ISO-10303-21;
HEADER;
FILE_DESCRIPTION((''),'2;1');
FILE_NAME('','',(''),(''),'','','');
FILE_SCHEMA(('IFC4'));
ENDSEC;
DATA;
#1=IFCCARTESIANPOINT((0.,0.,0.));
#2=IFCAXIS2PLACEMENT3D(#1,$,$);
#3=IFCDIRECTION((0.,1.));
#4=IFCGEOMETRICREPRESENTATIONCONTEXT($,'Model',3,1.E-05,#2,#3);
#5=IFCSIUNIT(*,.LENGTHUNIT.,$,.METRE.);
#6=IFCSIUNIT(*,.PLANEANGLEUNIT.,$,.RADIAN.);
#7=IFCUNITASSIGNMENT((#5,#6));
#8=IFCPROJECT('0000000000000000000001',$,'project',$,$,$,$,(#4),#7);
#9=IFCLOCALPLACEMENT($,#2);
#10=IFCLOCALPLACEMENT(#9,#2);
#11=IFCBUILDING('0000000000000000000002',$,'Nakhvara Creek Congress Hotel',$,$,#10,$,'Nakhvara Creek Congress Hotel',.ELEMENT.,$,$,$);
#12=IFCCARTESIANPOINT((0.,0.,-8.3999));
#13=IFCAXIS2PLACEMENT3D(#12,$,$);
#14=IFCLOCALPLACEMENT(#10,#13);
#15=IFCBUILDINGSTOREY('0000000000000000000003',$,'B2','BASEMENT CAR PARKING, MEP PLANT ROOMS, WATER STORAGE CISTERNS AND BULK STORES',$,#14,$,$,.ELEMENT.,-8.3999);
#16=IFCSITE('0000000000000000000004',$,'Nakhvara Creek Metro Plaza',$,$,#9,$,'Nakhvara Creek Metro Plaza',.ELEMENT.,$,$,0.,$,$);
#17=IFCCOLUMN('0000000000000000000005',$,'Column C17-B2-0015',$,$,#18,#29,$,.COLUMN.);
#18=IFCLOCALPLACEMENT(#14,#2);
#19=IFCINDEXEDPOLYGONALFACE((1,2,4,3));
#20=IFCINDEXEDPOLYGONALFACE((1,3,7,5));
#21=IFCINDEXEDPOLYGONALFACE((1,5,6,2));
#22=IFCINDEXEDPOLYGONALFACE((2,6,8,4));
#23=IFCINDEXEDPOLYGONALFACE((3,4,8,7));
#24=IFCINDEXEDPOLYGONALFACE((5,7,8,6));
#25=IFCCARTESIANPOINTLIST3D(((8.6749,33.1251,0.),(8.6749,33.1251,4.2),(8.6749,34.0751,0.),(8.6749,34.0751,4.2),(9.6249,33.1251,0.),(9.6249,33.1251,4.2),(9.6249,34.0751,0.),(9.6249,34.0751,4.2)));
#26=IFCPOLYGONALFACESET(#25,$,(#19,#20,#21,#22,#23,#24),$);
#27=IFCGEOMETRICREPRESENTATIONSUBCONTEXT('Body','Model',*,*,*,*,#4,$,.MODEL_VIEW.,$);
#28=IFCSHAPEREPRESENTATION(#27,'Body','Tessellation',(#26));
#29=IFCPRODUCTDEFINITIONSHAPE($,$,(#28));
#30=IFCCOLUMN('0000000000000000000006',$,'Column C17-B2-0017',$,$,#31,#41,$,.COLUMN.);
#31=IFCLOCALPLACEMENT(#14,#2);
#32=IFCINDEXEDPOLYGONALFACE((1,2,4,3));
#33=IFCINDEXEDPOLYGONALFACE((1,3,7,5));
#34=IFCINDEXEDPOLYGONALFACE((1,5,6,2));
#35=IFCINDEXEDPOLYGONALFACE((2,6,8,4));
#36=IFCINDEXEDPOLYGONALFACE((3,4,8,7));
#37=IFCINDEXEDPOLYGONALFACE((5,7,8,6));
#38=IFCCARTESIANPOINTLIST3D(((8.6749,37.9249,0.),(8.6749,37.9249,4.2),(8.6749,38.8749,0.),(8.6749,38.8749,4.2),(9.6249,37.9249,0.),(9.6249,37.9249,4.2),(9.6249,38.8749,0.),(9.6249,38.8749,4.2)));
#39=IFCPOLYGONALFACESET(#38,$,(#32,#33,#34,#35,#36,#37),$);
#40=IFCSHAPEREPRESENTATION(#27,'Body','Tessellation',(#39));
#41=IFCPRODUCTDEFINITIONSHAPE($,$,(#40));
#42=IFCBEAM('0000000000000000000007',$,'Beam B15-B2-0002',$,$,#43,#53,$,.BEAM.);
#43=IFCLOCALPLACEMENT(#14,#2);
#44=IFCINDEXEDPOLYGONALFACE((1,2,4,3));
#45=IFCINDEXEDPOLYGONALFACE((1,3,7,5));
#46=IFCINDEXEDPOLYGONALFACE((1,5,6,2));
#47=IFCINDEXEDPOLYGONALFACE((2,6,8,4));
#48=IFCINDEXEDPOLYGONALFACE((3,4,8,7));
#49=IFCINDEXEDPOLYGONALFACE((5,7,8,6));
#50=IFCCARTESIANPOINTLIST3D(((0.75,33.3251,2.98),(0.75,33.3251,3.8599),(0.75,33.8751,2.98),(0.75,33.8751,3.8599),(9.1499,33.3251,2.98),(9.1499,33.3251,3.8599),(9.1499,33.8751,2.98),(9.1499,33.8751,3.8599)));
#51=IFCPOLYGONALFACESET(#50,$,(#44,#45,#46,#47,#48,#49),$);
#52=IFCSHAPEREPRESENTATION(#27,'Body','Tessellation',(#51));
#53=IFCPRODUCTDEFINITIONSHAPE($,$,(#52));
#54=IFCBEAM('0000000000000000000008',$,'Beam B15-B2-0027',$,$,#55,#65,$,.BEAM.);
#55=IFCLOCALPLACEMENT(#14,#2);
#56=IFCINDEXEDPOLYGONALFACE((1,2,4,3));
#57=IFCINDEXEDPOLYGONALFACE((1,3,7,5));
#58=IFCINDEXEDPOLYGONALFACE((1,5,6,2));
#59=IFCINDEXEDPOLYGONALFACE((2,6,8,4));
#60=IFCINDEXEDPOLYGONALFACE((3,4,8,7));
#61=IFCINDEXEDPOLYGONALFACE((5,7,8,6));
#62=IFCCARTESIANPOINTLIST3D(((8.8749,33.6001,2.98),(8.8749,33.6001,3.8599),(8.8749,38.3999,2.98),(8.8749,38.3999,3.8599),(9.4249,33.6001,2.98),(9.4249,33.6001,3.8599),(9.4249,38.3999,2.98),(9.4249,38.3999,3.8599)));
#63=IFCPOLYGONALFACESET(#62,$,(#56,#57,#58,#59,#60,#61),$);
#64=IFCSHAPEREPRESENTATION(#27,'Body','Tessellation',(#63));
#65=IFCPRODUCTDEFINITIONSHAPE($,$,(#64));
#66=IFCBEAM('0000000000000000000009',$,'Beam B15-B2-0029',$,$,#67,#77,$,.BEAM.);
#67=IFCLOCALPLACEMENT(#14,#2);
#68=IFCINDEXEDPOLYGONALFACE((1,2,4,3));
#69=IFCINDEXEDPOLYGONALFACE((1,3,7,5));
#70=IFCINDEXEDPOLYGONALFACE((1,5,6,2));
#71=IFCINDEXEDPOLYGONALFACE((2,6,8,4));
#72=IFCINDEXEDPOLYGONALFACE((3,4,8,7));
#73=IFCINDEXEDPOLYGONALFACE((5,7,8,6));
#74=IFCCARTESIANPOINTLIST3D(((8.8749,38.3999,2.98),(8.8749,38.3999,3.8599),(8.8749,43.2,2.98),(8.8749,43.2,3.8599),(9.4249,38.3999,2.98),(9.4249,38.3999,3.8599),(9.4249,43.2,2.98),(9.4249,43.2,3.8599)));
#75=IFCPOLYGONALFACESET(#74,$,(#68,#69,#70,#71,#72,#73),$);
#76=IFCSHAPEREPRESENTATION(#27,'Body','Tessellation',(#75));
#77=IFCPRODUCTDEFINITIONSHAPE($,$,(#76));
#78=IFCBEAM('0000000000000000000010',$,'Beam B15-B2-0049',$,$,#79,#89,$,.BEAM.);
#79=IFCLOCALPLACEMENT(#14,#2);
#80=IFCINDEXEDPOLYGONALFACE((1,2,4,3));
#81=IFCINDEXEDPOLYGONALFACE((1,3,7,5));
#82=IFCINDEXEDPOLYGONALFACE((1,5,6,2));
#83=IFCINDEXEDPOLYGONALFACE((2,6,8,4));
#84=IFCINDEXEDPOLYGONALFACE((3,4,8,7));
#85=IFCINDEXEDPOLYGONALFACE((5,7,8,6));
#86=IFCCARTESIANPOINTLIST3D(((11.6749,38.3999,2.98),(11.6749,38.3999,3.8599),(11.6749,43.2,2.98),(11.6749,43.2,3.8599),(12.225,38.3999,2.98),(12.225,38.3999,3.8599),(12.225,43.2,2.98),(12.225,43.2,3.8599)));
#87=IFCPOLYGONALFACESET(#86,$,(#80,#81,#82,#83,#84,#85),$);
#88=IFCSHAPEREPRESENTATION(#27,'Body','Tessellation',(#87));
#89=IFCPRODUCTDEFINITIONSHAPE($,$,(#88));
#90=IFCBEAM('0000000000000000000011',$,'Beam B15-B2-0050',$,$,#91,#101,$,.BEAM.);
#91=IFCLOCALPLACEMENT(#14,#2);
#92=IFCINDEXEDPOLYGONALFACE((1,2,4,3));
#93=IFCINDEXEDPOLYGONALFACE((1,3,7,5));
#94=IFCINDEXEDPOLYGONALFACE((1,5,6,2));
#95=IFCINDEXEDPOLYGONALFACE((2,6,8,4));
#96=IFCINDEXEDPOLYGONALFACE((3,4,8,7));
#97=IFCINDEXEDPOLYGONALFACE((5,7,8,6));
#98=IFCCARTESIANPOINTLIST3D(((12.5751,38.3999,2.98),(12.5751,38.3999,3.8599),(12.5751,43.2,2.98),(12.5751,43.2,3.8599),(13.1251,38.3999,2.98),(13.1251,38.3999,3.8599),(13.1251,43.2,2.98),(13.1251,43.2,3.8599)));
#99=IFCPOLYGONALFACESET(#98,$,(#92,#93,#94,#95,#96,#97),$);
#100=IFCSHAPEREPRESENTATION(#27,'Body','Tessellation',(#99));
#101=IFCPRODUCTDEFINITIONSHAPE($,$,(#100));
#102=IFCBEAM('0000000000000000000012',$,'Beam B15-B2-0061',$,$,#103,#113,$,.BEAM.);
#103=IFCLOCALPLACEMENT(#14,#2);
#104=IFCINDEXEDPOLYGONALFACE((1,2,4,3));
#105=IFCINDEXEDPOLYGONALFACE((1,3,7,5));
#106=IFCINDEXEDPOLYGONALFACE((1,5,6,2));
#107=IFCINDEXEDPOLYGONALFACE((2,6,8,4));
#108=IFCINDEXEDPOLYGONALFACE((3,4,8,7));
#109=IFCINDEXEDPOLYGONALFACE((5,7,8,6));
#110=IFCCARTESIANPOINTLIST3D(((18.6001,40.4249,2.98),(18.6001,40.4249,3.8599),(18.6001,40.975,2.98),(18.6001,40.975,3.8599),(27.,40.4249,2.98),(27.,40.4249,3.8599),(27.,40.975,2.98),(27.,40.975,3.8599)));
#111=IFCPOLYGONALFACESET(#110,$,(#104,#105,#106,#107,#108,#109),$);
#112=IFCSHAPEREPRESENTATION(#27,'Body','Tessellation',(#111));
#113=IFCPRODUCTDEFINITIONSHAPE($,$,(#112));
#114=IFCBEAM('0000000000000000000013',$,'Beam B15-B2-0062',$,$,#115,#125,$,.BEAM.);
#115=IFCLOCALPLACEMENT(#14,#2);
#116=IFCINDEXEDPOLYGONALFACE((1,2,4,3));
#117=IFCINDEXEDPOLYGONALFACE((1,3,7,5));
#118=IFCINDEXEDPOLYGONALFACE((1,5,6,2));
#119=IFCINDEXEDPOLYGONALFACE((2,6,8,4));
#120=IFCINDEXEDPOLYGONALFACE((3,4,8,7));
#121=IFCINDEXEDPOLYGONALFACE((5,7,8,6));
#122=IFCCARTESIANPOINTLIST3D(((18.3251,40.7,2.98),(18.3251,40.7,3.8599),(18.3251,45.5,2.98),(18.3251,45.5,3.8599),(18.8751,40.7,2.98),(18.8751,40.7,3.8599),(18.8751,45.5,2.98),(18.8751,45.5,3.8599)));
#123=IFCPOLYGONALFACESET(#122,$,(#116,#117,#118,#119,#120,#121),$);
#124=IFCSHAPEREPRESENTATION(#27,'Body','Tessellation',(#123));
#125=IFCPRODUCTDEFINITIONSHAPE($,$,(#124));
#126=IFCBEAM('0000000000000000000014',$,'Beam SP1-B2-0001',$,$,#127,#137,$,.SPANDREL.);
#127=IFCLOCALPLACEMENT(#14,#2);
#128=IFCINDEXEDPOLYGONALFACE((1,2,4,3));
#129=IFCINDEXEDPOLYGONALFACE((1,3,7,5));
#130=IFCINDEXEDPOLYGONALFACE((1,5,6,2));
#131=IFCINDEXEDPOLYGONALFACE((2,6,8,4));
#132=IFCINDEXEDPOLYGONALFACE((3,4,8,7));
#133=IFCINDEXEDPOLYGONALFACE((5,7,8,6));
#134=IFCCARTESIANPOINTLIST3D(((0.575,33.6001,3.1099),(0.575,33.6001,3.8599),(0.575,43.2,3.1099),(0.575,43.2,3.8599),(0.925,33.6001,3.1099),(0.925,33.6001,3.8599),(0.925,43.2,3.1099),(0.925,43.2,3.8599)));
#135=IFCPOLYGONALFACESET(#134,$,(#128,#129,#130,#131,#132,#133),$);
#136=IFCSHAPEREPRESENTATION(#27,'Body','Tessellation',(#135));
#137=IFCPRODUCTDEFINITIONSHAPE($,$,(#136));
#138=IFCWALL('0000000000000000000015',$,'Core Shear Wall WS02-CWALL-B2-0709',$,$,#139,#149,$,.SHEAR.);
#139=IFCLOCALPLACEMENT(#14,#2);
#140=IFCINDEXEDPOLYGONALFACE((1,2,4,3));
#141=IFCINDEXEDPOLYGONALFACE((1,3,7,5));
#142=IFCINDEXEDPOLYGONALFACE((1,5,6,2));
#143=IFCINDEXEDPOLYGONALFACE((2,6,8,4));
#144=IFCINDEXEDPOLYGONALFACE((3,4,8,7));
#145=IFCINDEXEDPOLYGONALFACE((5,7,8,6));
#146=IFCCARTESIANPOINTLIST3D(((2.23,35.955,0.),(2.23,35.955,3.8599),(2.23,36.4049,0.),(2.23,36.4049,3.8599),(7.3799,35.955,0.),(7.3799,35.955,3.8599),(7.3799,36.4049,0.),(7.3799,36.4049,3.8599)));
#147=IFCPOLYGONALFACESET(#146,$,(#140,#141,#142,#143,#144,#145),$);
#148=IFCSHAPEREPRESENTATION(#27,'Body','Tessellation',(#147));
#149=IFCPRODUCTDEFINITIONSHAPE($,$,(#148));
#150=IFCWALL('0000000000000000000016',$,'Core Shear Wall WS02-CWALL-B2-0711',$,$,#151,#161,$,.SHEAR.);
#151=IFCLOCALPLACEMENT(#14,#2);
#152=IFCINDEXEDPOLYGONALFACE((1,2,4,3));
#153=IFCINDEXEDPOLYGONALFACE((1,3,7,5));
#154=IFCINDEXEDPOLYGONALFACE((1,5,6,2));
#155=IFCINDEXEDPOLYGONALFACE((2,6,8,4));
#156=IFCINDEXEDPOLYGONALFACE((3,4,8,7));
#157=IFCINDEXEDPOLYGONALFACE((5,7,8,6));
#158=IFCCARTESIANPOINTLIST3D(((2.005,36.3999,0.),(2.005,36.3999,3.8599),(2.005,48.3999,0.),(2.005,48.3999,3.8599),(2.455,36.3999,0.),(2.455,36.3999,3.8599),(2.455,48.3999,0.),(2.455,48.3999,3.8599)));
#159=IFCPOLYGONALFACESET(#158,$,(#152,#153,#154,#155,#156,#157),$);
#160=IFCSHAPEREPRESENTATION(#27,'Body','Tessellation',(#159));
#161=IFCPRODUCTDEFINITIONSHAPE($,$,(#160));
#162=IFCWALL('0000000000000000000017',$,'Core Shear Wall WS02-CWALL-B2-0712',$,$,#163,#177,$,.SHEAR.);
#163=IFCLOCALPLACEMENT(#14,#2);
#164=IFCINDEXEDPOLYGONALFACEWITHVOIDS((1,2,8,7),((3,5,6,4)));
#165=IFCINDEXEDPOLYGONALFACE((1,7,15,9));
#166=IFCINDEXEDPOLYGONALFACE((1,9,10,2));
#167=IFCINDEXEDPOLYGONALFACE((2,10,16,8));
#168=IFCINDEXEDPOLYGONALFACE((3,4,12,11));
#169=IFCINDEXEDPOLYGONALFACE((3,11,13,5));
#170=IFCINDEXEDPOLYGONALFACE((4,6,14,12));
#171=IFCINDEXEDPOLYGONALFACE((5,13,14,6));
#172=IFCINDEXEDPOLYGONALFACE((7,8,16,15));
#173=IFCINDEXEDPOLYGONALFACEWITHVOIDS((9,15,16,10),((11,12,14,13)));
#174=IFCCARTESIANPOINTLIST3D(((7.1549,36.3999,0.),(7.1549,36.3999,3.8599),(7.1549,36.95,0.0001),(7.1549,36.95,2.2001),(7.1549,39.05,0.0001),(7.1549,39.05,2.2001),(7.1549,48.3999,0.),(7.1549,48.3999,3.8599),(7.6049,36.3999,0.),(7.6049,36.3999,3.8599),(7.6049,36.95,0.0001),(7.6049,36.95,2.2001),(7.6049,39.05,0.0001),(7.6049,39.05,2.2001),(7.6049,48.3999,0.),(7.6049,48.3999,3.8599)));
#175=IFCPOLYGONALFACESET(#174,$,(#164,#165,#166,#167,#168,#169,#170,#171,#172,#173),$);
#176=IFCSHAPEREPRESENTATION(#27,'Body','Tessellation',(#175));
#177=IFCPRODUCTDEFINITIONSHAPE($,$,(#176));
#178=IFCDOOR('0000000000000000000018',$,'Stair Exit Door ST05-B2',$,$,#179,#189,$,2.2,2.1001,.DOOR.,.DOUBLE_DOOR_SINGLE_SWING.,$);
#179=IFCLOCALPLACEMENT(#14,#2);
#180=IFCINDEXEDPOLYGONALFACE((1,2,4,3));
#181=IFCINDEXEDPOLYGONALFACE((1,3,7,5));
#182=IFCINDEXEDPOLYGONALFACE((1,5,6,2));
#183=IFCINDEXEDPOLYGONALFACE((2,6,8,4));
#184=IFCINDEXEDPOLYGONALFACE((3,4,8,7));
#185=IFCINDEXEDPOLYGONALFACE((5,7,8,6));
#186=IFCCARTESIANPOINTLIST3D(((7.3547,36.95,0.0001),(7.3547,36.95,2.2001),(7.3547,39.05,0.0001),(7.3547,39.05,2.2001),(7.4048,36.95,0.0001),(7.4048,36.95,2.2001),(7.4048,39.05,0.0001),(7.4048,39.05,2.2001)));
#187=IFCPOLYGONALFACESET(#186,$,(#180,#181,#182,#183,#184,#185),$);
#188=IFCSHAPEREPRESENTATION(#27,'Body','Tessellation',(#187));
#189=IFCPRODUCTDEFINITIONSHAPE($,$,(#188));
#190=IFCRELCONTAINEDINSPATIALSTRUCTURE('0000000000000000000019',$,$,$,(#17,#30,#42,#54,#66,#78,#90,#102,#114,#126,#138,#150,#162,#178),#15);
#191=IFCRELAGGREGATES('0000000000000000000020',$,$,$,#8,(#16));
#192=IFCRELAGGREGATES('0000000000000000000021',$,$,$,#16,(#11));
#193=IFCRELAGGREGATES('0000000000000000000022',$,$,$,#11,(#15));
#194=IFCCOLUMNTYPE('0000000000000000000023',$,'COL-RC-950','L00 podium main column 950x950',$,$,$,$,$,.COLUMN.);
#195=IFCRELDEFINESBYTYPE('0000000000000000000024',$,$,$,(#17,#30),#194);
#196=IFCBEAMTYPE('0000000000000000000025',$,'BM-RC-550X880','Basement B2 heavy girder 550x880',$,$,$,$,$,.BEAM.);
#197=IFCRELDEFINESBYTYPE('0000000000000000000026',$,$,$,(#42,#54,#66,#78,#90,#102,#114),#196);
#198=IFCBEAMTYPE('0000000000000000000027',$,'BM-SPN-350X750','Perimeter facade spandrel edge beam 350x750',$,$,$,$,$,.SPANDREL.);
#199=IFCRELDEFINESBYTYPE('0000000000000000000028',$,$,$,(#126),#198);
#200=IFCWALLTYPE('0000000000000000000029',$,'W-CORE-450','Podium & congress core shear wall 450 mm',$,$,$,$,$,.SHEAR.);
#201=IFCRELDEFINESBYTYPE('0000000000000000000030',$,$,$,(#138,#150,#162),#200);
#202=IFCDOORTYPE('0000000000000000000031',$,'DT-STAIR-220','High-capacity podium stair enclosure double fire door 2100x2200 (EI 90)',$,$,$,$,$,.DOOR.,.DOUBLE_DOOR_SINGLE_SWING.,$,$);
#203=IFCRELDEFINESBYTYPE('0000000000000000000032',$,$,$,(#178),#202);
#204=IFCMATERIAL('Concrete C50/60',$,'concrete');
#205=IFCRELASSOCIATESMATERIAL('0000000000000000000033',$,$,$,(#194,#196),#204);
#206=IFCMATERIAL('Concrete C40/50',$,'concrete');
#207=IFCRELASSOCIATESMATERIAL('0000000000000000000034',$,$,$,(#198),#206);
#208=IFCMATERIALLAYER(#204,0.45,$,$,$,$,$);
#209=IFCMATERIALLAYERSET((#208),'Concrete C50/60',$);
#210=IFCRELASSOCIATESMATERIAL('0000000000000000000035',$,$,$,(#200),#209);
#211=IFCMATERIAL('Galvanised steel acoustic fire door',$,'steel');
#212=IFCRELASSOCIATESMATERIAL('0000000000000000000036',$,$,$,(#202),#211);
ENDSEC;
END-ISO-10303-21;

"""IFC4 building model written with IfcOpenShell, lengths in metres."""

from ifc_helpers import new_model, si_unit, direction, frame, frame_2d, origin, origin_2d, place, context, subcontext, project, spatial, rectangle, extrude, material, layer, layer_set, material_profile, profile_set, type_object, element, fill, save


model = new_model("IFC4")

# Units and contexts
model_context = context("Model", 3, precision=1e-05, world=origin(), true_north=direction((0.0, 1.0)))
body_context = subcontext(model_context, "Body", "Model", "MODEL_VIEW")
ifc_project = project(units=[si_unit("LENGTHUNIT", "METRE"), si_unit("PLANEANGLEUNIT", "RADIAN")], contexts=[model_context])

# Site, building, storey
site_placement = place(None, origin())
site = spatial("IfcSite", under=ifc_project, at=site_placement, Name="Nakhvara Creek Metro Plaza", LongName="Nakhvara Creek Metro Plaza", CompositionType="ELEMENT", RefElevation=0.0)
building_placement = place(site_placement, origin())
building = spatial("IfcBuilding", under=site, at=building_placement, Name="Nakhvara Creek Congress Hotel", LongName="Nakhvara Creek Congress Hotel", CompositionType="ELEMENT")
storey_placement = place(building_placement, frame((0.0, 0.0, -8.3999)))
storey = spatial("IfcBuildingStorey", under=building, at=storey_placement, Name="B2", Description="BASEMENT CAR PARKING, MEP PLANT ROOMS, WATER STORAGE CISTERNS AND BULK STORES", CompositionType="ELEMENT", Elevation=-8.3999)

# Shared definitions
ifc_material_1 = material(Name="Concrete C40/50", Category="concrete")

# Columns
ifc_material_2 = material(Name="Concrete C50/60", Category="concrete")
ifc_material_profile_1 = material_profile(ifc_material_2, rectangle(XDim=0.95, YDim=0.95, at=origin_2d()), Name="RC-COL 950x950", Category="LoadBearing")
ifc_profile_set_1 = profile_set([ifc_material_profile_1], Name="Concrete C50/60")
column_type_1 = type_object("IfcColumnType", Name="COL-RC-950", Description="L00 podium main column 950x950", PredefinedType="COLUMN", material=ifc_profile_set_1)
for number, where, z_axis, x_axis, name in (
    (1, (9.1499, 33.6001, 0.0), (0.0, 0.0, 1.0), (1.0, 0.0, 0.0), "Column C17-B2-0015"),
    (2, (9.1499, 38.3999, 0.0), (0.0, 0.0, 1.0), (1.0, 0.0, 0.0), "Column C17-B2-0017"),
):
    element("IfcColumn", number, at=place(storey_placement, frame(where, z_axis=z_axis, x_axis=x_axis)), inside=storey, type_object=column_type_1, Name=name, PredefinedType="COLUMN", context=body_context, shape_type="SweptSolid", body=[
        extrude(rectangle(XDim=0.95, YDim=0.95, at=origin_2d()), origin(), (0.0, 0.0, 1.0), 4.2),
    ])

# Beams
ifc_material_profile_2 = material_profile(ifc_material_2, rectangle(XDim=0.55, YDim=0.8799, at=origin_2d()), Name="RC-BM 550x880", Category="LoadBearing")
ifc_profile_set_2 = profile_set([ifc_material_profile_2], Name="Concrete C50/60")
beam_type_1 = type_object("IfcBeamType", Name="BM-RC-550X880", Description="Basement B2 heavy girder 550x880", PredefinedType="BEAM", material=ifc_profile_set_2)
beam_1_placement = place(storey_placement, frame((0.75, 33.6001, 3.4199), z_axis=(1.0, 0.0, 0.0), x_axis=(0.0, 1.0, 0.0)))
element("IfcBeam", 3, at=beam_1_placement, inside=storey, type_object=beam_type_1, Name="Beam B15-B2-0002", PredefinedType="BEAM", context=body_context, shape_type="SweptSolid", body=[
    extrude(rectangle(XDim=0.55, YDim=0.8799, at=origin_2d()), origin(), (0.0, 0.0, 1.0), 8.3999),
])
beam_2_placement = place(storey_placement, frame((9.1499, 33.6001, 3.4199), z_axis=(0.0, 1.0, 0.0), x_axis=(-1.0, 0.0, 0.0)))
element("IfcBeam", 4, at=beam_2_placement, inside=storey, type_object=beam_type_1, Name="Beam B15-B2-0027", PredefinedType="BEAM", context=body_context, shape_type="SweptSolid", body=[
    extrude(rectangle(XDim=0.55, YDim=0.8799, at=origin_2d()), origin(), (0.0, 0.0, 1.0), 4.7998),
])
for number, where, z_axis, x_axis, name in (
    (5, (9.1499, 38.3999, 3.4199), (0.0, 1.0, 0.0), (-1.0, 0.0, 0.0), "Beam B15-B2-0029"),
    (6, (11.95, 38.3999, 3.4199), (0.0, 1.0, 0.0), (-1.0, 0.0, 0.0), "Beam B15-B2-0049"),
    (7, (12.8501, 38.3999, 3.4199), (0.0, 1.0, 0.0), (-1.0, 0.0, 0.0), "Beam B15-B2-0050"),
):
    element("IfcBeam", number, at=place(storey_placement, frame(where, z_axis=z_axis, x_axis=x_axis)), inside=storey, type_object=beam_type_1, Name=name, PredefinedType="BEAM", context=body_context, shape_type="SweptSolid", body=[
        extrude(rectangle(XDim=0.55, YDim=0.8799, at=origin_2d()), origin(), (0.0, 0.0, 1.0), 4.8),
    ])
beam_3_placement = place(storey_placement, frame((18.6001, 40.7, 3.4199), z_axis=(1.0, 0.0, 0.0), x_axis=(0.0, 1.0, 0.0)))
element("IfcBeam", 8, at=beam_3_placement, inside=storey, type_object=beam_type_1, Name="Beam B15-B2-0061", PredefinedType="BEAM", context=body_context, shape_type="SweptSolid", body=[
    extrude(rectangle(XDim=0.55, YDim=0.8799, at=origin_2d()), origin(), (0.0, 0.0, 1.0), 8.3999),
])
beam_4_placement = place(storey_placement, frame((18.6001, 40.7, 3.4199), z_axis=(0.0, 1.0, 0.0), x_axis=(-1.0, 0.0, 0.0)))
element("IfcBeam", 9, at=beam_4_placement, inside=storey, type_object=beam_type_1, Name="Beam B15-B2-0062", PredefinedType="BEAM", context=body_context, shape_type="SweptSolid", body=[
    extrude(rectangle(XDim=0.55, YDim=0.8799, at=origin_2d()), origin(), (0.0, 0.0, 1.0), 4.8),
])
ifc_material_profile_3 = material_profile(ifc_material_1, rectangle(XDim=0.3501, YDim=0.75, at=origin_2d()), Name="RC-SPANDREL 350x750", Category="LoadBearing")
ifc_profile_set_3 = profile_set([ifc_material_profile_3], Name="Concrete C40/50")
beam_type_2 = type_object("IfcBeamType", Name="BM-SPN-350X750", Description="Perimeter facade spandrel edge beam 350x750", PredefinedType="SPANDREL", material=ifc_profile_set_3)
beam_5_placement = place(storey_placement, frame((0.75, 33.6001, 3.4849), z_axis=(0.0, 1.0, 0.0), x_axis=(-1.0, 0.0, 0.0)))
element("IfcBeam", 10, at=beam_5_placement, inside=storey, type_object=beam_type_2, Name="Beam SP1-B2-0001", PredefinedType="SPANDREL", context=body_context, shape_type="SweptSolid", body=[
    extrude(rectangle(XDim=0.3501, YDim=0.75, at=origin_2d()), origin(), (0.0, 0.0, 1.0), 9.5999),
])

# Walls
ifc_layer_1 = layer(ifc_material_2, 0.45)
ifc_layer_set_1 = layer_set([ifc_layer_1], Name="Concrete C50/60")
wall_type_1 = type_object("IfcWallType", Name="W-CORE-450", Description="Podium & congress core shear wall 450 mm", PredefinedType="SHEAR", material=ifc_layer_set_1)
wall_1_placement = place(storey_placement, frame((2.23, 36.1799, 0.0), z_axis=(0.0, 0.0, 1.0), x_axis=(1.0, 0.0, 0.0)))
element("IfcWall", 11, at=wall_1_placement, inside=storey, type_object=wall_type_1, Name="Core Shear Wall WS02-CWALL-B2-0709", PredefinedType="SHEAR", context=body_context, shape_type="SweptSolid", body=[
    extrude(rectangle(XDim=5.1499, YDim=0.45, at=frame_2d((2.575, 0.0))), origin(), (0.0, 0.0, 1.0), 3.8599),
])
wall_2_placement = place(storey_placement, frame((2.23, 36.3999, 0.0), z_axis=(0.0, 0.0, 1.0), x_axis=(0.0, 1.0, 0.0)))
element("IfcWall", 12, at=wall_2_placement, inside=storey, type_object=wall_type_1, Name="Core Shear Wall WS02-CWALL-B2-0711", PredefinedType="SHEAR", context=body_context, shape_type="SweptSolid", body=[
    extrude(rectangle(XDim=12.0, YDim=0.45, at=frame_2d((6.0, 0.0))), origin(), (0.0, 0.0, 1.0), 3.8599),
])

# Wall, opening, door
wall_3_placement = place(storey_placement, frame((7.3799, 36.3999, 0.0), z_axis=(0.0, 0.0, 1.0), x_axis=(0.0, 1.0, 0.0)))
wall_3 = element("IfcWall", 13, at=wall_3_placement, inside=storey, type_object=wall_type_1, Name="Core Shear Wall WS02-CWALL-B2-0712", PredefinedType="SHEAR", context=body_context, shape_type="SweptSolid", body=[
    extrude(rectangle(XDim=12.0, YDim=0.45, at=frame_2d((6.0, 0.0))), origin(), (0.0, 0.0, 1.0), 3.8599),
])
opening_placement = place(wall_3_placement, frame((0.55, 0.0, 0.0)))
opening = element("IfcOpeningElement", 14, at=opening_placement, cuts=wall_3, PredefinedType="OPENING", context=body_context, shape_type="SweptSolid", body=[
    extrude(rectangle(XDim=2.1001, YDim=2.2, at=frame_2d((1.05, 1.1001))), frame((0.0, 0.2368, 0.0), z_axis=(0.0, -1.0, 0.0), x_axis=(1.0, 0.0, 0.0)), (0.0, 0.0, 1.0), 0.4739),
])
ifc_material_3 = material(Name="Galvanised steel acoustic fire door", Category="steel")
door_type = type_object("IfcDoorType", Name="DT-STAIR-220", Description="High-capacity podium stair enclosure double fire door 2100x2200 (EI 90)", OperationType="DOUBLE_DOOR_SINGLE_SWING", PredefinedType="DOOR", material=ifc_material_3)
door_placement = place(opening_placement, frame((2.1001, 0.0, 0.0), z_axis=(0.0, 0.0, 1.0), x_axis=(-1.0, 0.0, 0.0)))
door = element("IfcDoor", 15, at=door_placement, inside=storey, type_object=door_type, Name="Stair Exit Door ST05-B2", OperationType="DOUBLE_DOOR_SINGLE_SWING", OverallHeight=2.2, OverallWidth=2.1001, PredefinedType="DOOR", context=body_context, shape_type="SweptSolid", body=[
    extrude(rectangle(XDim=2.1001, YDim=2.2, at=frame_2d((1.05, 1.1001))), frame((0.0, 0.0249, 0.0), z_axis=(0.0, -1.0, 0.0), x_axis=(1.0, 0.0, 0.0)), (0.0, 0.0, 1.0), 0.05),
])
fill(opening, door)

save(model, "model.ifc")
